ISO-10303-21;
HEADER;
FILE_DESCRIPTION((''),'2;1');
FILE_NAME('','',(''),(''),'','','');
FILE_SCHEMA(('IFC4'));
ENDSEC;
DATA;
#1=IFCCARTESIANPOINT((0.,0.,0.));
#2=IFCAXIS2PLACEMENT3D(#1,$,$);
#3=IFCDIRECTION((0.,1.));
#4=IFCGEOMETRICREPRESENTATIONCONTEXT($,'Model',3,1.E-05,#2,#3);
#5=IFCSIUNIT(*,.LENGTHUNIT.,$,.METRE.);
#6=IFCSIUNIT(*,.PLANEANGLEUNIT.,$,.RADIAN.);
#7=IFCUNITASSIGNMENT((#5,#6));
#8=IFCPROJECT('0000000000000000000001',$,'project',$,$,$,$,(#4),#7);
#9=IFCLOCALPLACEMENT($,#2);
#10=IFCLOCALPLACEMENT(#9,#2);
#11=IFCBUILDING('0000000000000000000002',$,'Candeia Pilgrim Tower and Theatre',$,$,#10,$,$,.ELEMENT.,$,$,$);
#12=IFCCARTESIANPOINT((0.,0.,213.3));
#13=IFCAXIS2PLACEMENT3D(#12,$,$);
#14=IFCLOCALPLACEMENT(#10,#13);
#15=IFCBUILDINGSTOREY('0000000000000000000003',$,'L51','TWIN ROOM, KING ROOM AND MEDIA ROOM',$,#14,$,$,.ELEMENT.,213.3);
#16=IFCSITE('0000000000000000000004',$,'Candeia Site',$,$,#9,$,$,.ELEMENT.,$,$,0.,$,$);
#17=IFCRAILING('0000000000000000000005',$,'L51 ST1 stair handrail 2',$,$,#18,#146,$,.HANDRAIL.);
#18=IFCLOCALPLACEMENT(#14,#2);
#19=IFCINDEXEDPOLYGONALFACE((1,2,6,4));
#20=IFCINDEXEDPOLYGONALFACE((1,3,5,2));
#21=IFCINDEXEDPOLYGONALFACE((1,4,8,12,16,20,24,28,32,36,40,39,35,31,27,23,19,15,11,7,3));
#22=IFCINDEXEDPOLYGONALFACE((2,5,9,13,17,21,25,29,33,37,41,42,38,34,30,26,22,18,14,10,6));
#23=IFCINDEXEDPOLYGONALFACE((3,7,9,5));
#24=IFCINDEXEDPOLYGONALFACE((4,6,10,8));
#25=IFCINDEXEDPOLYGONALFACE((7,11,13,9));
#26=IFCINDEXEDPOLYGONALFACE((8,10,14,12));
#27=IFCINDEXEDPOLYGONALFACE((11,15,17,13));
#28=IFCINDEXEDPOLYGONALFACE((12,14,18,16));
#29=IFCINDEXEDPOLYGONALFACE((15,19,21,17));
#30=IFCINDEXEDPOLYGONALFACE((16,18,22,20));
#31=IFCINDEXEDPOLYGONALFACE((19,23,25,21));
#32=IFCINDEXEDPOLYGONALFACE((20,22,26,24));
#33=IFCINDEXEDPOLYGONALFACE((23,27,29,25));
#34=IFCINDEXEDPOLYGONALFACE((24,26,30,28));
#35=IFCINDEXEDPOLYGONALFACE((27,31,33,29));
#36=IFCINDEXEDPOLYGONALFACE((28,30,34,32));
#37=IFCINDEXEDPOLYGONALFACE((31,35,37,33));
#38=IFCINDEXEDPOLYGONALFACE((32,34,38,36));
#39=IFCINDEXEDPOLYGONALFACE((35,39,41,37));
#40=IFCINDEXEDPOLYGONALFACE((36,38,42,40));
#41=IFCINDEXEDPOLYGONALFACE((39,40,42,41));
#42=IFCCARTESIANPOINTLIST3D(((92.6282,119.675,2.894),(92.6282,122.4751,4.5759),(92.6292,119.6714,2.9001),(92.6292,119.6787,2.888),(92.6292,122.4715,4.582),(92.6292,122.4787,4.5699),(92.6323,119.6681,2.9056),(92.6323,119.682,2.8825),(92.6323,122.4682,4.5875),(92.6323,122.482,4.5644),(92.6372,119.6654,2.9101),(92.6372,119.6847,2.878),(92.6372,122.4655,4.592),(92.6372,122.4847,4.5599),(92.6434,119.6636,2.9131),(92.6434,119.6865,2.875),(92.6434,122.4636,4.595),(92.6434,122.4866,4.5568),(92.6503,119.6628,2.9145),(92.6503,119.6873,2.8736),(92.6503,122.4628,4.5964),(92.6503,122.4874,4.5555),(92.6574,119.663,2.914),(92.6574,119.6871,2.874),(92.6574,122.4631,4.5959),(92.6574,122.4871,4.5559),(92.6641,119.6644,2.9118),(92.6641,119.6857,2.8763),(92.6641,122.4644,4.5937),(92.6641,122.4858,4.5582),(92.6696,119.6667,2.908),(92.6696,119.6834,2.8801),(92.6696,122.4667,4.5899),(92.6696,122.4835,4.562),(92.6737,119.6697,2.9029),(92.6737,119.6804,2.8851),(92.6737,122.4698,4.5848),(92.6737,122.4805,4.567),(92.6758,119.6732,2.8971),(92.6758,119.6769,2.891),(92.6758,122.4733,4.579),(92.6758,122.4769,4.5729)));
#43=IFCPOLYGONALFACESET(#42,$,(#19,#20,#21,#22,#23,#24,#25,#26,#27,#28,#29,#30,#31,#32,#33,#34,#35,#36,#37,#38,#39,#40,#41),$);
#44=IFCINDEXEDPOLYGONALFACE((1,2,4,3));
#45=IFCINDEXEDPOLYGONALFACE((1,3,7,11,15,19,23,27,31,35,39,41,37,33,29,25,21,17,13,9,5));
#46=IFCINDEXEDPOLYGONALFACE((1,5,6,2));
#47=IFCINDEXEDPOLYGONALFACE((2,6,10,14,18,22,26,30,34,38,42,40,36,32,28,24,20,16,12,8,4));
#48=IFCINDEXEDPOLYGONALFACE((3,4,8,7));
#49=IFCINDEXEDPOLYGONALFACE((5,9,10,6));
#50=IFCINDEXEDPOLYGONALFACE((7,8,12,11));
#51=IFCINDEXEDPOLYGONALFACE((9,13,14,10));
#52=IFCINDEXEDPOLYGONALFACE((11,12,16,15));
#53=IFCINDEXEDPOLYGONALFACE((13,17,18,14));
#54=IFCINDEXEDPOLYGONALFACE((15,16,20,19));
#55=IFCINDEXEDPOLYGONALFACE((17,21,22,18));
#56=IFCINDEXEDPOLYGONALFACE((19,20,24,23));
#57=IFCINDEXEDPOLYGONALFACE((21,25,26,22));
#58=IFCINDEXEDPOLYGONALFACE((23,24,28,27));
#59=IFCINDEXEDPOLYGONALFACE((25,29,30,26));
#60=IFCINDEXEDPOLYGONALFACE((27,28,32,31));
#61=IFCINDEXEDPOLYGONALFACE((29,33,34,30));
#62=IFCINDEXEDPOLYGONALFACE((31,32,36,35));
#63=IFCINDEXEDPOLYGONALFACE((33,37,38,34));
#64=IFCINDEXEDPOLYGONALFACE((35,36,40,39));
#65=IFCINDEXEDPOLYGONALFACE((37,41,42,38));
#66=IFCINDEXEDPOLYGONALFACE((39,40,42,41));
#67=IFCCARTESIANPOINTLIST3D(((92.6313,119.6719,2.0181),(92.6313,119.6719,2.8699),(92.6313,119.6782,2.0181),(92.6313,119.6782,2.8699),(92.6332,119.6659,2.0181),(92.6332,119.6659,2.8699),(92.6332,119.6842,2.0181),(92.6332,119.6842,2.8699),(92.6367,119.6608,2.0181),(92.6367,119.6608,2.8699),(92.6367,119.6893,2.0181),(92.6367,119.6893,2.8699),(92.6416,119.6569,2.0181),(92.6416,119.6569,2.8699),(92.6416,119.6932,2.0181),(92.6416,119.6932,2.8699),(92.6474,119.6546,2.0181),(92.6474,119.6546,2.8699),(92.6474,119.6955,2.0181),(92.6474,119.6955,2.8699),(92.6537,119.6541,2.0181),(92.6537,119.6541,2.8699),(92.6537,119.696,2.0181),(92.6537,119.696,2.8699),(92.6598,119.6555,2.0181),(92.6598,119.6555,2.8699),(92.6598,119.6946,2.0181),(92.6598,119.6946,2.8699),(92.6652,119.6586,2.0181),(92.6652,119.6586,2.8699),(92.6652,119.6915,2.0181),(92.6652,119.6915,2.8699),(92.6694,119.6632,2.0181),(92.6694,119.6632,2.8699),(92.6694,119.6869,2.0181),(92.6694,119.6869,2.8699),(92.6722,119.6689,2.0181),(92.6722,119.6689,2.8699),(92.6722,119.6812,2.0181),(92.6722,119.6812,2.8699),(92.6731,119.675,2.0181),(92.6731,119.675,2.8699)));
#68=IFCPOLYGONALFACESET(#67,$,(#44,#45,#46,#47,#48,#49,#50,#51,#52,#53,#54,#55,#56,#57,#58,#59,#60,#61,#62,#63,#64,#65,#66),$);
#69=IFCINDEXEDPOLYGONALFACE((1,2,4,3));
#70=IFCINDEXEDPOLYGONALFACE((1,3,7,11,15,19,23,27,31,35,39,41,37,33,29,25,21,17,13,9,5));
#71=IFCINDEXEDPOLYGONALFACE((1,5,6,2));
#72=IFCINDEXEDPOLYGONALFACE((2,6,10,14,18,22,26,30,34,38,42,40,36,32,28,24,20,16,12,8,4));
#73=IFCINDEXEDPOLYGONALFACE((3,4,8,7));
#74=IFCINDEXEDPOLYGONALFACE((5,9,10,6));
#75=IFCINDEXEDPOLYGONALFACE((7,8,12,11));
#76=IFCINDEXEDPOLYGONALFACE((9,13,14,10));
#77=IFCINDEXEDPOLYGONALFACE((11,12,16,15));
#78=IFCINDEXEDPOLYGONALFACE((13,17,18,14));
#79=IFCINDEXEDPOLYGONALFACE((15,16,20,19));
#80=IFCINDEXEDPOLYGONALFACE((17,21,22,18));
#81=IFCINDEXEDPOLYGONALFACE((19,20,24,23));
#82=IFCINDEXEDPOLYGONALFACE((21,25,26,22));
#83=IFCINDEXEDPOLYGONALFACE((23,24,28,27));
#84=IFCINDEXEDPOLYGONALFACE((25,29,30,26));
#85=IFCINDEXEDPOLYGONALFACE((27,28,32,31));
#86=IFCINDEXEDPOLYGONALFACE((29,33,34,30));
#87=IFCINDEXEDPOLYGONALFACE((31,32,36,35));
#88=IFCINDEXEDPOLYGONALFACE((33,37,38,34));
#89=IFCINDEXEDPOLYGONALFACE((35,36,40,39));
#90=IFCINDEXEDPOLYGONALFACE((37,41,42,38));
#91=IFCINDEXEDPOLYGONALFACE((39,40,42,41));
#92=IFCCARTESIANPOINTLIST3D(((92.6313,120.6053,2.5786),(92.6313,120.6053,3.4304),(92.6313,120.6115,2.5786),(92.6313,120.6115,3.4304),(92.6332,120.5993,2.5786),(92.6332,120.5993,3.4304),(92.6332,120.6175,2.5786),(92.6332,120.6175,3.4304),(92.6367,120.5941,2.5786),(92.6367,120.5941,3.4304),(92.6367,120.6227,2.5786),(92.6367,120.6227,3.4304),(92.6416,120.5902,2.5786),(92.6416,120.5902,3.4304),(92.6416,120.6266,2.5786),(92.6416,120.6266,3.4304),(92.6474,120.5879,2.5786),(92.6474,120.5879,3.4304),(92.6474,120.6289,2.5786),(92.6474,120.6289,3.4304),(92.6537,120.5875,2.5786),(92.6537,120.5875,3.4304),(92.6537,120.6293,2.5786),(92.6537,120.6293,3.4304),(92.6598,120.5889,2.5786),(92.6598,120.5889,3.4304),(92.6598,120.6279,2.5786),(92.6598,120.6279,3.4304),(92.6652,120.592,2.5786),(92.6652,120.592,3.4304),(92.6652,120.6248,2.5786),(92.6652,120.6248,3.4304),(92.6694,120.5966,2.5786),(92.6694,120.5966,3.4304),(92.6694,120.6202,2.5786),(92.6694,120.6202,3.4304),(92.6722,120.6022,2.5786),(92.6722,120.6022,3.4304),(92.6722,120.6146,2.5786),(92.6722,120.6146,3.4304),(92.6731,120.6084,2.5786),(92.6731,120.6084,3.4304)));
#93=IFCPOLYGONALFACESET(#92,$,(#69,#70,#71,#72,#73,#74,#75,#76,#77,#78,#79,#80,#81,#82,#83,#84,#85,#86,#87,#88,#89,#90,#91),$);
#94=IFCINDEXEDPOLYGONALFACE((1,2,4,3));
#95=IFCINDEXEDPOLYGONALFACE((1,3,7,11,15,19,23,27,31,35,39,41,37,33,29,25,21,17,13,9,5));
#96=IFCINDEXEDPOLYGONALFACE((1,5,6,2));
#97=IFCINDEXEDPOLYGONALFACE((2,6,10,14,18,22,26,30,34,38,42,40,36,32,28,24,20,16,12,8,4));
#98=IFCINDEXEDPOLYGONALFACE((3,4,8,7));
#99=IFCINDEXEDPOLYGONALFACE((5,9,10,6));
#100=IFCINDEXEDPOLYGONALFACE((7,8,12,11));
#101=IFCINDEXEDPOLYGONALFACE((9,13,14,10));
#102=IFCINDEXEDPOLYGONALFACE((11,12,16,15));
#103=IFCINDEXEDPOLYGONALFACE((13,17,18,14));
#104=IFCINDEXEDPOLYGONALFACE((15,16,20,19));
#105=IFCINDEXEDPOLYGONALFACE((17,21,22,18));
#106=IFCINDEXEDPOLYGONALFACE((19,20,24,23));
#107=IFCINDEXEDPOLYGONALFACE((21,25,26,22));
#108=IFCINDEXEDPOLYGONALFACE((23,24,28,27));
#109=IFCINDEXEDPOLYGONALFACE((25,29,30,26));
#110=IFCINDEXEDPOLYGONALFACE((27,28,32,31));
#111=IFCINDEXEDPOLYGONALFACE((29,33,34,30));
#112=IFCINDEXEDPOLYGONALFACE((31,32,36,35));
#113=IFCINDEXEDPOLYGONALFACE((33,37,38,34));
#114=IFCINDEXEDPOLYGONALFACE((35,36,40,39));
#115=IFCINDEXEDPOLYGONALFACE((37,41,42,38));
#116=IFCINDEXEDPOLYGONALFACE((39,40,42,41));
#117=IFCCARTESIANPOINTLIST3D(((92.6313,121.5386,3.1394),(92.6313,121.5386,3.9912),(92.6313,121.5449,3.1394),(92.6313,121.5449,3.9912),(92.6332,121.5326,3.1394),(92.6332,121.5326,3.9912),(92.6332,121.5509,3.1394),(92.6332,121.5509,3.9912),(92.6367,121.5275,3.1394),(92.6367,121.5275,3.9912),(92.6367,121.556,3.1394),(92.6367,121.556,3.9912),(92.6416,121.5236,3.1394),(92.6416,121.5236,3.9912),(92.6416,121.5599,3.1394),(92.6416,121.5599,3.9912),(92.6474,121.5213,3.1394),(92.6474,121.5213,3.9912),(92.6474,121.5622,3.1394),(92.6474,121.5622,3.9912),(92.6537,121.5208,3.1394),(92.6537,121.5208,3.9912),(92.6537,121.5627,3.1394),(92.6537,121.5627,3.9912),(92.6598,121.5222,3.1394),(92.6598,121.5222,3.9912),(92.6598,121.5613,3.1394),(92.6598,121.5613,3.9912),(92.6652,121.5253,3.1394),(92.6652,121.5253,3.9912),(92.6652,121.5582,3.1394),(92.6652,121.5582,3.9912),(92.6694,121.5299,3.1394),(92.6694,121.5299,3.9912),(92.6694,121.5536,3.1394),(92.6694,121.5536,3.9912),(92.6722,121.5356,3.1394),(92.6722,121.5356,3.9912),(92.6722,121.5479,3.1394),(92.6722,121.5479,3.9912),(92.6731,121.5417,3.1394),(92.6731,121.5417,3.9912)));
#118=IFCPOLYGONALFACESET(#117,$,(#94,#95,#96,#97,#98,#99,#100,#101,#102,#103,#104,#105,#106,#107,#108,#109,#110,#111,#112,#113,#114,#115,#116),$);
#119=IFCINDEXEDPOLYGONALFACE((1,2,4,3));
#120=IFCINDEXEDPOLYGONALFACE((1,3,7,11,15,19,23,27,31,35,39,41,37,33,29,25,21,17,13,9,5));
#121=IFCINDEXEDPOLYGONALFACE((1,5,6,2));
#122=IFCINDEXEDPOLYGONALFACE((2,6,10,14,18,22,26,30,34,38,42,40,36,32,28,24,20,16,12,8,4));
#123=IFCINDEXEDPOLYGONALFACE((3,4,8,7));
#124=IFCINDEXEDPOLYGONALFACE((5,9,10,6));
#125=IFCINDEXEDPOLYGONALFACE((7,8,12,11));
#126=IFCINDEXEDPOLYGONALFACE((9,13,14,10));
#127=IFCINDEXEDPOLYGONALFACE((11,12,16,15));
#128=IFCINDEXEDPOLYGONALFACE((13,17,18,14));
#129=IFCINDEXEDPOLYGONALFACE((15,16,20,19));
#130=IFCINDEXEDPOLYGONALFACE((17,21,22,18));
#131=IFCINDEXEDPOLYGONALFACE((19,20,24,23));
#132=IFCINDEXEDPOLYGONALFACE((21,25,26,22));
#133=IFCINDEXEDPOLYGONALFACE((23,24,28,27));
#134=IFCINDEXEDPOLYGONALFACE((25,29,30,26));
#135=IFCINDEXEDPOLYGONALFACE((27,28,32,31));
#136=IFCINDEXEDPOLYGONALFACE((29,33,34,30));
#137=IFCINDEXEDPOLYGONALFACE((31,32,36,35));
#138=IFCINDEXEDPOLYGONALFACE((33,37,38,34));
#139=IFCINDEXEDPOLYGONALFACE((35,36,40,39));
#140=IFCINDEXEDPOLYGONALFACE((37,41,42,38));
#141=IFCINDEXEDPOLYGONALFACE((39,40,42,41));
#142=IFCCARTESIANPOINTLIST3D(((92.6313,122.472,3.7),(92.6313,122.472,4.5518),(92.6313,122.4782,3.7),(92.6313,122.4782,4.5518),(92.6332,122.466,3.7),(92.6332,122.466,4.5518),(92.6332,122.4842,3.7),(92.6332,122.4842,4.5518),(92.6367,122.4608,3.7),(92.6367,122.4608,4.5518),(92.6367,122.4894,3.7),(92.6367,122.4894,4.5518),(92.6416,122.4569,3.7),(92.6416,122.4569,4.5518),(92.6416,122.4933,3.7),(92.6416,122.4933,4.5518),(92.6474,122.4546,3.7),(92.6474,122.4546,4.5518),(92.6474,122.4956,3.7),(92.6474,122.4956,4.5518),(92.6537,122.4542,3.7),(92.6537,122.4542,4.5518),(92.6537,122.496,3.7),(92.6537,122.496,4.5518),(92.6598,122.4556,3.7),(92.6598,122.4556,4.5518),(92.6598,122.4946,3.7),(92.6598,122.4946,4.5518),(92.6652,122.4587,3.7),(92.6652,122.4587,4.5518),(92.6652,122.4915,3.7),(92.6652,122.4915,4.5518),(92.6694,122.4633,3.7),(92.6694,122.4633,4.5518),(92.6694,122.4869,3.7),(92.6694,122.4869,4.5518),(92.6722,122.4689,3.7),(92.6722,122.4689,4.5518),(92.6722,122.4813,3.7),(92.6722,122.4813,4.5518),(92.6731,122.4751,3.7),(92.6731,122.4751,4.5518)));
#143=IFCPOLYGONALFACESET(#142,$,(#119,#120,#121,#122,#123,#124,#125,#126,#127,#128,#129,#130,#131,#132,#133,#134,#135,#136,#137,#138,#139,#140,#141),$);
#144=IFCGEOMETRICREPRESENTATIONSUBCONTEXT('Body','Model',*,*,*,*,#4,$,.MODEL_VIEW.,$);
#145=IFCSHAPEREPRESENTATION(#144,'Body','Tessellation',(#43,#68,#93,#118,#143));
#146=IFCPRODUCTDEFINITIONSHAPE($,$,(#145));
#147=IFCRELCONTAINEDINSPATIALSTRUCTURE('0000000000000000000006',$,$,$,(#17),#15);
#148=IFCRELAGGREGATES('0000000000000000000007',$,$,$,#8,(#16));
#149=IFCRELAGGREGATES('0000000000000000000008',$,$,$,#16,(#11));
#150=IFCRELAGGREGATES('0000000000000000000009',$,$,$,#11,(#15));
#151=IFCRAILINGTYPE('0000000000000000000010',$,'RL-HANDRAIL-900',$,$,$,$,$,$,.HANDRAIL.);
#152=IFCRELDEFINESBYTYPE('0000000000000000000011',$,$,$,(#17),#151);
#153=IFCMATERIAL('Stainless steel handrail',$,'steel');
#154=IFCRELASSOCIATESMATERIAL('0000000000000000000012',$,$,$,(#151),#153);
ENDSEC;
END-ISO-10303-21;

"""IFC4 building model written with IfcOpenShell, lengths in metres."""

from ifc_helpers import new_model, si_unit, direction, frame, origin, origin_2d, place, context, subcontext, project, spatial, circle, extrude, material, type_object, element, save


model = new_model("IFC4")

# Units and contexts
model_context = context("Model", 3, precision=1e-05, world=origin(), true_north=direction((0.0, 1.0)))
body_context = subcontext(model_context, "Body", "Model", "MODEL_VIEW")
ifc_project = project(units=[si_unit("LENGTHUNIT", "METRE"), si_unit("PLANEANGLEUNIT", "RADIAN")], contexts=[model_context])

# Site, building, storey
site_placement = place(None, origin())
site = spatial("IfcSite", under=ifc_project, at=site_placement, Name="Candeia Site", CompositionType="ELEMENT", RefElevation=0.0)
building_placement = place(site_placement, origin())
building = spatial("IfcBuilding", under=site, at=building_placement, Name="Candeia Pilgrim Tower and Theatre", CompositionType="ELEMENT")
storey_placement = place(building_placement, frame((0.0, 0.0, 213.3)))
storey = spatial("IfcBuildingStorey", under=building, at=storey_placement, Name="L51", Description="TWIN ROOM, KING ROOM AND MEDIA ROOM", CompositionType="ELEMENT", Elevation=213.3)

# Railing
ifc_material_1 = material(Name="Stainless steel handrail", Category="steel")
railing_type = type_object("IfcRailingType", Name="RL-HANDRAIL-900", PredefinedType="HANDRAIL", material=ifc_material_1)
for number, where, name in (
    (1, (92.6521, 119.675, 2.0181), "L51 ST1 stair handrail 2"),
):
    element("IfcRailing", number, at=place(storey_placement, frame(where)), inside=storey, type_object=railing_type, Name=name, PredefinedType="HANDRAIL", context=body_context, shape_type="SweptSolid", body=[
        extrude(circle(Radius=0.0239, at=origin_2d()), frame((0.0, 0.0, 0.876), z_axis=(0.0, 0.857242, 0.514913), x_axis=(-1.0, 0.0, 0.0)), (0.0, 0.0, 1.0), 3.2664),
        extrude(circle(Radius=0.021, at=origin_2d()), origin(), (0.0, 0.0, 1.0), 0.8518),
        extrude(circle(Radius=0.021, at=origin_2d()), frame((0.0, 0.9333, 0.5605)), (0.0, 0.0, 1.0), 0.8518),
        extrude(circle(Radius=0.021, at=origin_2d()), frame((0.0, 1.8667, 1.1213)), (0.0, 0.0, 1.0), 0.8518),
        extrude(circle(Radius=0.021, at=origin_2d()), frame((0.0, 2.8, 1.6819)), (0.0, 0.0, 1.0), 0.8518),
    ])

save(model, "model.ifc")
